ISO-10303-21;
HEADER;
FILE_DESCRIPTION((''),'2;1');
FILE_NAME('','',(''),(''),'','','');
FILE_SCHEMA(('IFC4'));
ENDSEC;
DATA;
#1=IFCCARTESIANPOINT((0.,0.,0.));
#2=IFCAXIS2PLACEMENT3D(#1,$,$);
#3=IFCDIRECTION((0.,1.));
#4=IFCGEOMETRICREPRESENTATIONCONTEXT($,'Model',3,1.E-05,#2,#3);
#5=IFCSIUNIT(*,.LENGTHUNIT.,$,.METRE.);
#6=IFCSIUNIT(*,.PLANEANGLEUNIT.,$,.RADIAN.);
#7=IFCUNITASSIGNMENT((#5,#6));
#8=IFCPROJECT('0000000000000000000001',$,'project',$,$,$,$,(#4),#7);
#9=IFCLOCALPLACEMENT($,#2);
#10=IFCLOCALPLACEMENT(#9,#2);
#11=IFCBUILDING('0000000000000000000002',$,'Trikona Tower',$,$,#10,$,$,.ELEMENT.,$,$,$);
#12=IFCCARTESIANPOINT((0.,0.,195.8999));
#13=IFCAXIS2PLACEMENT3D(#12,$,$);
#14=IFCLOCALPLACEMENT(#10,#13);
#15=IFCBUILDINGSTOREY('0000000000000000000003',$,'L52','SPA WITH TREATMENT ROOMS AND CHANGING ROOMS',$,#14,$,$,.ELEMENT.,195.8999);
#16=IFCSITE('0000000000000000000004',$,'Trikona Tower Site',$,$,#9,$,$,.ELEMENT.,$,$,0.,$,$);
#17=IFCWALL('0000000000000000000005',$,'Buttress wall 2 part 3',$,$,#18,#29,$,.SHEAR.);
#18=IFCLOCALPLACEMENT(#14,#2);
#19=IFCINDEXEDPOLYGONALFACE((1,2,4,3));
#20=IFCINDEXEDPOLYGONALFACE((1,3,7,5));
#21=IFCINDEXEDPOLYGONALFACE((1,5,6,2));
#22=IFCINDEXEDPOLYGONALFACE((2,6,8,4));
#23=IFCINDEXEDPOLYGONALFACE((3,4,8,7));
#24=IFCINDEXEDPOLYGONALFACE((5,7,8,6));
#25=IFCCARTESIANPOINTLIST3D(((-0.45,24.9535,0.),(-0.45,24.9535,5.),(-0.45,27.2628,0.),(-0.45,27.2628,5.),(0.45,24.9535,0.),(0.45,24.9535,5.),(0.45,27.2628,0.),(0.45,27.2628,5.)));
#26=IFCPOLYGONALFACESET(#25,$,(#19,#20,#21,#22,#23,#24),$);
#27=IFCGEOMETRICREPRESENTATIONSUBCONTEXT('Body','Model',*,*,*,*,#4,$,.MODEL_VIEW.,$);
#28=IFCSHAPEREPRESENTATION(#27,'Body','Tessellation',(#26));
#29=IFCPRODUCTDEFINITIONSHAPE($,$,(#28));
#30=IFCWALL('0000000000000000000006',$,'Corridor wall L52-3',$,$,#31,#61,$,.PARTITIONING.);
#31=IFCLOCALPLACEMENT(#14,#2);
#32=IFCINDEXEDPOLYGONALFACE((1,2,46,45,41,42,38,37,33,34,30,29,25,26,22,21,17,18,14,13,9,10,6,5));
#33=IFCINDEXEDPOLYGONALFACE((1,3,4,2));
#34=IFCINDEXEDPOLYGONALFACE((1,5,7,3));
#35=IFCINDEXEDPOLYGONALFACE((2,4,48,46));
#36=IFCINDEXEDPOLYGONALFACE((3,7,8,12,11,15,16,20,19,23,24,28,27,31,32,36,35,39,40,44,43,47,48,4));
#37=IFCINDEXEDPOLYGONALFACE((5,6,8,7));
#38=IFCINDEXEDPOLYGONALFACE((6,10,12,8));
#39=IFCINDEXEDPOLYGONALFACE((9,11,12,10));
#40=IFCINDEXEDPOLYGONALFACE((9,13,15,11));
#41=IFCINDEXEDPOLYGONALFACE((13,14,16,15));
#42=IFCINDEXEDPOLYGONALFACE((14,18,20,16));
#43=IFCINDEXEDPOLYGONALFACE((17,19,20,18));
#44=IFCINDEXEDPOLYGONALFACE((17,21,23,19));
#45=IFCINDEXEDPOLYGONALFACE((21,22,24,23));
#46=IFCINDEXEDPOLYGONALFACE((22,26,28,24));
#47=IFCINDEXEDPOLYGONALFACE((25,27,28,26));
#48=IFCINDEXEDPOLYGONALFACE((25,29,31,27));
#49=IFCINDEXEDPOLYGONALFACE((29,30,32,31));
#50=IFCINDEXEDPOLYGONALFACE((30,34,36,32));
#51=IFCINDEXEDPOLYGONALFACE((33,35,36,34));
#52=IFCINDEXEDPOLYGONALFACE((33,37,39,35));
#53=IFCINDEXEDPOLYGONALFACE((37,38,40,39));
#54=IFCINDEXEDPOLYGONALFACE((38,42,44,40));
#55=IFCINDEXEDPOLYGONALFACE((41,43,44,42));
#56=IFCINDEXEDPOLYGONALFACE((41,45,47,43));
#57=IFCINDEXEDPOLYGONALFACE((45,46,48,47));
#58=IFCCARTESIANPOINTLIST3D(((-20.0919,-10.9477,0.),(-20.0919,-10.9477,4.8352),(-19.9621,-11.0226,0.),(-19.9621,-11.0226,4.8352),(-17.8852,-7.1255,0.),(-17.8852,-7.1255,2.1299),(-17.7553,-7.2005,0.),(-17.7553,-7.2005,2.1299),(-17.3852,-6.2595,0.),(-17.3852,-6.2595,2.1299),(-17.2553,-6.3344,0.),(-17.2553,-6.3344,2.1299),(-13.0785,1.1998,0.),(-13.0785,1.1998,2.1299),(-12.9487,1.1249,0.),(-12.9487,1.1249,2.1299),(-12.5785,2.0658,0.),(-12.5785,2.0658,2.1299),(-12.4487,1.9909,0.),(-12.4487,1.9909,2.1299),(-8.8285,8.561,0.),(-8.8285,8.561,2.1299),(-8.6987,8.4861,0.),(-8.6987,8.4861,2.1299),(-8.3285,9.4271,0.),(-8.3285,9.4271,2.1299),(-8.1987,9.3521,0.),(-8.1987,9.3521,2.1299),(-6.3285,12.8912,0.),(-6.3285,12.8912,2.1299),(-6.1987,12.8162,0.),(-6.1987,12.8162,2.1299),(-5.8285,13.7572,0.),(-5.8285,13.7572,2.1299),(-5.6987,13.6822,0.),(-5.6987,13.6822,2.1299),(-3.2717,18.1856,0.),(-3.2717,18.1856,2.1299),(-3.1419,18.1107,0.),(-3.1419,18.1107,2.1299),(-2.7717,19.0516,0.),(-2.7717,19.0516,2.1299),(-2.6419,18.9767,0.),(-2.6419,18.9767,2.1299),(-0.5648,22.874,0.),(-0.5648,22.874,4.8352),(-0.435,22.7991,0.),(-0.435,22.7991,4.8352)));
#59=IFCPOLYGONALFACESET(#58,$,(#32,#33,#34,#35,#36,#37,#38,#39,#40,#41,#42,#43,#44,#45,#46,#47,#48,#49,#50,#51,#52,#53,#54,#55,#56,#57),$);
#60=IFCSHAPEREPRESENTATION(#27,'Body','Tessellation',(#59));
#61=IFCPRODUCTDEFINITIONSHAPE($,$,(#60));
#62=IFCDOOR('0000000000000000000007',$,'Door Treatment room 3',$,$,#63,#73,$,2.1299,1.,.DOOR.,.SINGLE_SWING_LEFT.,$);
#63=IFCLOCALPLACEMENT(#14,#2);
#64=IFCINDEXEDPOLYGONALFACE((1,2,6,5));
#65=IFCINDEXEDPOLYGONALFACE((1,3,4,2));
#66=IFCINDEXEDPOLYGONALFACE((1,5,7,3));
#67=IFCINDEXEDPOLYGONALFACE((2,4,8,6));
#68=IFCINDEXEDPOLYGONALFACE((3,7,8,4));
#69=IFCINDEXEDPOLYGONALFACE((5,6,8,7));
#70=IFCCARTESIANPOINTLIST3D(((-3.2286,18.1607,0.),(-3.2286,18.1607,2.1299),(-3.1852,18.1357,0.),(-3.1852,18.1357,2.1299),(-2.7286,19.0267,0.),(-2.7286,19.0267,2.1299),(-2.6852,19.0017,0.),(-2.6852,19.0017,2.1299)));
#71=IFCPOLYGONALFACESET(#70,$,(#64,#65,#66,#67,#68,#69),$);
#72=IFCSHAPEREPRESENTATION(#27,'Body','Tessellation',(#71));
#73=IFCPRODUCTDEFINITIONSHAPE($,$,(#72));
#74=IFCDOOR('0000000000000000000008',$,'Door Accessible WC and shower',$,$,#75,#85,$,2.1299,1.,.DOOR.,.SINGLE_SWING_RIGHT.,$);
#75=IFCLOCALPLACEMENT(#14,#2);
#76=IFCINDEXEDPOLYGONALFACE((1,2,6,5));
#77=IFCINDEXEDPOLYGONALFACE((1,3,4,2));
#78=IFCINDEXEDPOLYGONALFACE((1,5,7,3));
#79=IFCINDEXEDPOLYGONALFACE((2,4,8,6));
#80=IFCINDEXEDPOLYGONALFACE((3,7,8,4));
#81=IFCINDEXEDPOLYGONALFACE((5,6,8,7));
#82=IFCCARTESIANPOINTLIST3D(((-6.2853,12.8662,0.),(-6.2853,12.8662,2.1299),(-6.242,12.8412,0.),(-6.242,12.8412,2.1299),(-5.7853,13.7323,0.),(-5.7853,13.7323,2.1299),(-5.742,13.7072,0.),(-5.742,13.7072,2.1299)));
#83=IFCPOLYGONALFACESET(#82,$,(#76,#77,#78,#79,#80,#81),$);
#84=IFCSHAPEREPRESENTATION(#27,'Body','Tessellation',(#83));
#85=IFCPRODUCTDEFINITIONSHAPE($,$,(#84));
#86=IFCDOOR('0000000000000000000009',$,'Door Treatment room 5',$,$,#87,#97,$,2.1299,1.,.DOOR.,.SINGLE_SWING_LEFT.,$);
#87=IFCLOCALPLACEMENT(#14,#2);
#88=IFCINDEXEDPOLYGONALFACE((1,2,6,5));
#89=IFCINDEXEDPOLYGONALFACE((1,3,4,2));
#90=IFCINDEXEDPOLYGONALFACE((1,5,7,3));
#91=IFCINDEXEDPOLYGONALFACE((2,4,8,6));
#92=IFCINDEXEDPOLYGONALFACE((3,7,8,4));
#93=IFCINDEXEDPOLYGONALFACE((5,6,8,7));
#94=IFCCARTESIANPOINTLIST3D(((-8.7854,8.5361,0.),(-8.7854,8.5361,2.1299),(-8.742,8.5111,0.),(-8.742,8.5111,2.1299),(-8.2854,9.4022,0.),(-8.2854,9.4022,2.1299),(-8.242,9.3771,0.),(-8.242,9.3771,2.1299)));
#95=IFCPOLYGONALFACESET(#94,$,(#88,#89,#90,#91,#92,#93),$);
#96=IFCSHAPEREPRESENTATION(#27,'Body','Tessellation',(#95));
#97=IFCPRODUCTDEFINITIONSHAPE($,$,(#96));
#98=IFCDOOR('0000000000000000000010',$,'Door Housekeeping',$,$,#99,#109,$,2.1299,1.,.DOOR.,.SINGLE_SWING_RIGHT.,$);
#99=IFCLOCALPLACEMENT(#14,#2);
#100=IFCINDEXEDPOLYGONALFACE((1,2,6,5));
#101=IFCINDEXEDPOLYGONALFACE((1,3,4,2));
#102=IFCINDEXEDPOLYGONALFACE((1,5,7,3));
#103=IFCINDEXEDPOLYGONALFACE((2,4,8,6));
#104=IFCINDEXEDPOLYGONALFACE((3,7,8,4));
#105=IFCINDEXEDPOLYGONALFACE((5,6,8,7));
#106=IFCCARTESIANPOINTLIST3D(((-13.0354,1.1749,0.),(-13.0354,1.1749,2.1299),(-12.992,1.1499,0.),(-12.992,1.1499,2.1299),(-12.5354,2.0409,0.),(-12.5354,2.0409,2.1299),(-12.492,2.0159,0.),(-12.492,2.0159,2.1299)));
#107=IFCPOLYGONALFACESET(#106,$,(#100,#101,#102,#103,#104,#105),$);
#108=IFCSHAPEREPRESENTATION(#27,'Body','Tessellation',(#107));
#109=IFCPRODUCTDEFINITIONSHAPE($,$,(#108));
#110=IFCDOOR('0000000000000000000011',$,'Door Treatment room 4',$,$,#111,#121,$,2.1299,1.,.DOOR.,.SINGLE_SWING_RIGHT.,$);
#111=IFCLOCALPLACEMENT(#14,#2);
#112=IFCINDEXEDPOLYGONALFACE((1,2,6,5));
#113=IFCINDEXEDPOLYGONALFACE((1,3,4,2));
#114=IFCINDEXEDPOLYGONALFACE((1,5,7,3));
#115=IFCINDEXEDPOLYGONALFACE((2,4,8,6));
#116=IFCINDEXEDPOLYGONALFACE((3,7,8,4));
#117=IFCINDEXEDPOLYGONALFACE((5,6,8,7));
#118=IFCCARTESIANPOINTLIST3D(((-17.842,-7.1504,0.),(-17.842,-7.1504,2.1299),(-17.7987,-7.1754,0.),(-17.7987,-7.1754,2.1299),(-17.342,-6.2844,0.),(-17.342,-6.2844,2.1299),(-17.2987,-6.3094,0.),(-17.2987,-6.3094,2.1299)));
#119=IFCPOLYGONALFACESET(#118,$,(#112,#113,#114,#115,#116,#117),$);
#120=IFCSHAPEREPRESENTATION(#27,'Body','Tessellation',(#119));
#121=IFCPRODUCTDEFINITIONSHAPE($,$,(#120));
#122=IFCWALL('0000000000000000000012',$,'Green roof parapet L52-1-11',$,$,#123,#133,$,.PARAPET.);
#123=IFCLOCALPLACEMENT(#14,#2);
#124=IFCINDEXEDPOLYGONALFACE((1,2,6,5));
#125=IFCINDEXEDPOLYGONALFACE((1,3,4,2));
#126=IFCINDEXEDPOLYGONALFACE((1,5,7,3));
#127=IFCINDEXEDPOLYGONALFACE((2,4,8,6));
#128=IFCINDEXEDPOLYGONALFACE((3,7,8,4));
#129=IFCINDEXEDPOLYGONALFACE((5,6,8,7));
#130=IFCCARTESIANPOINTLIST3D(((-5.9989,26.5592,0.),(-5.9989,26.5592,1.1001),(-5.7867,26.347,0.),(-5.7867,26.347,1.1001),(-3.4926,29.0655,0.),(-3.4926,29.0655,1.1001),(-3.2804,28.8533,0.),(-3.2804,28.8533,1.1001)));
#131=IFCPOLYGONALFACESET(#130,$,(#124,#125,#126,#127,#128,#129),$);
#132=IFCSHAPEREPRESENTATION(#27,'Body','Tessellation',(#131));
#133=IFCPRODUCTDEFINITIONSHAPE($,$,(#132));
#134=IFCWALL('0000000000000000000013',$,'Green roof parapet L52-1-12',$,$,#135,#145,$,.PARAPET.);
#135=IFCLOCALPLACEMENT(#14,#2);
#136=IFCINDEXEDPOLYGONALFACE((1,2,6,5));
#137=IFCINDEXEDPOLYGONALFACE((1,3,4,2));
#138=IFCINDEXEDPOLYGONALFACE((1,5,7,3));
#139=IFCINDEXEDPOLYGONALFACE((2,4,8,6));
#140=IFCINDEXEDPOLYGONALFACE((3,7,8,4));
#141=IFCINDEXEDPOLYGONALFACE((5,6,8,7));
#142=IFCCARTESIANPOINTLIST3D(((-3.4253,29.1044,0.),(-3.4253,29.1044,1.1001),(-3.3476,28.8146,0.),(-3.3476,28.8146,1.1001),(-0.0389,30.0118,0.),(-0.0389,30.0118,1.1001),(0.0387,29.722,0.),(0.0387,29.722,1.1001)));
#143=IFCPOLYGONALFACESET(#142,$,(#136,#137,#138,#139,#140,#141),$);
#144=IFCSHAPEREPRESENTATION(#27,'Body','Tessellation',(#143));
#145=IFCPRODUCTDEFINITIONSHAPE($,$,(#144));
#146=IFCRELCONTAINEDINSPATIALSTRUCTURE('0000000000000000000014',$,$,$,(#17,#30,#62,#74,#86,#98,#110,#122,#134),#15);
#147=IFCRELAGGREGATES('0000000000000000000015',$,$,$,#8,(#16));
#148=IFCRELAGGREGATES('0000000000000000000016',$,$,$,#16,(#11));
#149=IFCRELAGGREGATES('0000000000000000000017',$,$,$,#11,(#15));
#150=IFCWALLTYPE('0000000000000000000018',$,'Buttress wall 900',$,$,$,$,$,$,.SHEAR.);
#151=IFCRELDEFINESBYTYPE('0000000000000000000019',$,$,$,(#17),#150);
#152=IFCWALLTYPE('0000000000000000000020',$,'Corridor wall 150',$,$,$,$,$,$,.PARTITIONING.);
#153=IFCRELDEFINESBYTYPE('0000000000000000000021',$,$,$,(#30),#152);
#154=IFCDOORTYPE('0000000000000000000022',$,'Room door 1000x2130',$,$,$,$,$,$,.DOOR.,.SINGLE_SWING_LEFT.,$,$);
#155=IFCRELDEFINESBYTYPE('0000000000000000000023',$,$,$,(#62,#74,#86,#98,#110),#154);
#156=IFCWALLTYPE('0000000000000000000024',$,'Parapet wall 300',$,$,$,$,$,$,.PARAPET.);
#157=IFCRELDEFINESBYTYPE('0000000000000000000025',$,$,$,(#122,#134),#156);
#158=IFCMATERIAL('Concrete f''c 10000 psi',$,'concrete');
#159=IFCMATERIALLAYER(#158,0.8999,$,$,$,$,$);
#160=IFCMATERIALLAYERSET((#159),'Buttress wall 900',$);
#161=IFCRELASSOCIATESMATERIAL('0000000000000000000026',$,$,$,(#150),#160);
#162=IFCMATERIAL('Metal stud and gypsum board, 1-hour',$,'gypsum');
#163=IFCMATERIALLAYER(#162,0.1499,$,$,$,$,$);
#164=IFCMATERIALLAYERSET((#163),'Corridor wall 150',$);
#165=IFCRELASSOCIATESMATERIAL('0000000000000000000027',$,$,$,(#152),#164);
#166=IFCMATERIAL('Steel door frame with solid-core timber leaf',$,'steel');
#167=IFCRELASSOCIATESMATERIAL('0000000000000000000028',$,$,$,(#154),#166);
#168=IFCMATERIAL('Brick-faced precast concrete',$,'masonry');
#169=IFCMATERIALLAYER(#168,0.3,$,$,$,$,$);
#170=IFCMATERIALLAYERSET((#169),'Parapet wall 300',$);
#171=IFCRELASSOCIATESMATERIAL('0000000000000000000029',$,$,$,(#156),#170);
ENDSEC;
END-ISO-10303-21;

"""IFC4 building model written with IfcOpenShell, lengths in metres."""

from ifc_helpers import new_model, si_unit, direction, frame, frame_2d, origin, place, context, subcontext, project, spatial, rectangle, extrude, material, layer, layer_set, type_object, element, fill, save


model = new_model("IFC4")

# Units and contexts
model_context = context("Model", 3, precision=1e-05, world=origin(), true_north=direction((0.0, 1.0)))
body_context = subcontext(model_context, "Body", "Model", "MODEL_VIEW")
ifc_project = project(units=[si_unit("LENGTHUNIT", "METRE"), si_unit("PLANEANGLEUNIT", "RADIAN")], contexts=[model_context])

# Site, building, storey
site_placement = place(None, origin())
site = spatial("IfcSite", under=ifc_project, at=site_placement, Name="Trikona Tower Site", CompositionType="ELEMENT", RefElevation=0.0)
building_placement = place(site_placement, origin())
building = spatial("IfcBuilding", under=site, at=building_placement, Name="Trikona Tower", CompositionType="ELEMENT")
storey_placement = place(building_placement, frame((0.0, 0.0, 195.8999)))
storey = spatial("IfcBuildingStorey", under=building, at=storey_placement, Name="L52", Description="SPA WITH TREATMENT ROOMS AND CHANGING ROOMS", CompositionType="ELEMENT", Elevation=195.8999)

# Wall
ifc_material_1 = material(Name="Concrete f'c 10000 psi", Category="concrete")
ifc_layer_1 = layer(ifc_material_1, 0.8999)
ifc_layer_set_1 = layer_set([ifc_layer_1], Name="Buttress wall 900")
wall_type_1 = type_object("IfcWallType", Name="Buttress wall 900", PredefinedType="SHEAR", material=ifc_layer_set_1)
wall_1_placement = place(storey_placement, frame((0.0, 24.9534, 0.0), z_axis=(0.0, 0.0, 1.0), x_axis=(0.0, 1.0, 0.0)))
element("IfcWall", 1, at=wall_1_placement, inside=storey, type_object=wall_type_1, Name="Buttress wall 2 part 3", PredefinedType="SHEAR", context=body_context, shape_type="SweptSolid", body=[
    extrude(rectangle(XDim=2.3093, YDim=0.8999, at=frame_2d((1.1548, 0.0))), origin(), (0.0, 0.0, 1.0), 5.0),
])

# Wall, openings, doors
ifc_material_2 = material(Name="Metal stud and gypsum board, 1-hour", Category="gypsum")
ifc_layer_2 = layer(ifc_material_2, 0.1499)
ifc_layer_set_2 = layer_set([ifc_layer_2], Name="Corridor wall 150")
wall_type_2 = type_object("IfcWallType", Name="Corridor wall 150", PredefinedType="PARTITIONING", material=ifc_layer_set_2)
wall_2_placement = place(storey_placement, frame((-0.5, 22.8364, 0.0), z_axis=(0.0, 0.0, 1.0), x_axis=(-0.500002, -0.866024, 0.0)))
wall_2 = element("IfcWall", 2, at=wall_2_placement, inside=storey, type_object=wall_type_2, Name="Corridor wall L52-3", PredefinedType="PARTITIONING", context=body_context, shape_type="SweptSolid", body=[
    extrude(rectangle(XDim=39.054, YDim=0.1499, at=frame_2d((19.5269, 0.0))), origin(), (0.0, 0.0, 1.0), 4.8352),
])
opening_1_placement = place(wall_2_placement, frame((4.4136, 0.0, 0.0)))
opening_1 = element("IfcOpeningElement", 3, at=opening_1_placement, cuts=wall_2, PredefinedType="OPENING", context=body_context, shape_type="SweptSolid", body=[
    extrude(rectangle(XDim=1.0, YDim=2.1299, at=frame_2d((0.5, 1.0649))), frame((0.0, 0.085, 0.0), z_axis=(0.0, -1.0, 0.0), x_axis=(1.0, 0.0, 0.0)), (0.0, 0.0, 1.0), 0.1699),
])
opening_2_placement = place(wall_2_placement, frame((10.5271, 0.0, 0.0)))
opening_2 = element("IfcOpeningElement", 4, at=opening_2_placement, cuts=wall_2, PredefinedType="OPENING", context=body_context, shape_type="SweptSolid", body=[
    extrude(rectangle(XDim=1.0, YDim=2.1299, at=frame_2d((0.5, 1.0649))), frame((0.0, 0.085, 0.0), z_axis=(0.0, -1.0, 0.0), x_axis=(1.0, 0.0, 0.0)), (0.0, 0.0, 1.0), 0.1699),
])
opening_3_placement = place(wall_2_placement, frame((15.5271, 0.0, 0.0)))
opening_3 = element("IfcOpeningElement", 5, at=opening_3_placement, cuts=wall_2, PredefinedType="OPENING", context=body_context, shape_type="SweptSolid", body=[
    extrude(rectangle(XDim=1.0, YDim=2.1299, at=frame_2d((0.5, 1.0649))), frame((0.0, 0.085, 0.0), z_axis=(0.0, -1.0, 0.0), x_axis=(1.0, 0.0, 0.0)), (0.0, 0.0, 1.0), 0.1699),
])
opening_4_placement = place(wall_2_placement, frame((24.0271, 0.0, 0.0)))
opening_4 = element("IfcOpeningElement", 6, at=opening_4_placement, cuts=wall_2, PredefinedType="OPENING", context=body_context, shape_type="SweptSolid", body=[
    extrude(rectangle(XDim=1.0, YDim=2.1299, at=frame_2d((0.5, 1.0649))), frame((0.0, 0.085, 0.0), z_axis=(0.0, -1.0, 0.0), x_axis=(1.0, 0.0, 0.0)), (0.0, 0.0, 1.0), 0.1699),
])
opening_5_placement = place(wall_2_placement, frame((33.6404, 0.0, 0.0)))
opening_5 = element("IfcOpeningElement", 7, at=opening_5_placement, cuts=wall_2, PredefinedType="OPENING", context=body_context, shape_type="SweptSolid", body=[
    extrude(rectangle(XDim=1.0, YDim=2.1299, at=frame_2d((0.5, 1.0649))), frame((0.0, 0.085, 0.0), z_axis=(0.0, -1.0, 0.0), x_axis=(1.0, 0.0, 0.0)), (0.0, 0.0, 1.0), 0.1699),
])
ifc_material_3 = material(Name="Steel door frame with solid-core timber leaf", Category="steel")
door_type = type_object("IfcDoorType", Name="Room door 1000x2130", OperationType="SINGLE_SWING_LEFT", PredefinedType="DOOR", material=ifc_material_3)
door_1_placement = place(opening_1_placement, origin())
door_1 = element("IfcDoor", 8, at=door_1_placement, inside=storey, type_object=door_type, Name="Door Treatment room 3", OperationType="SINGLE_SWING_LEFT", OverallHeight=2.1299, OverallWidth=1.0, PredefinedType="DOOR", context=body_context, shape_type="SweptSolid", body=[
    extrude(rectangle(XDim=1.0, YDim=2.1299, at=frame_2d((0.5, 1.0649))), frame((0.0, 0.0249, 0.0), z_axis=(0.0, -1.0, 0.0), x_axis=(1.0, 0.0, 0.0)), (0.0, 0.0, 1.0), 0.05),
])
fill(opening_1, door_1)
door_2_placement = place(opening_2_placement, origin())
door_2 = element("IfcDoor", 9, at=door_2_placement, inside=storey, type_object=door_type, Name="Door Accessible WC and shower", OperationType="SINGLE_SWING_RIGHT", OverallHeight=2.1299, OverallWidth=1.0, PredefinedType="DOOR", context=body_context, shape_type="SweptSolid", body=[
    extrude(rectangle(XDim=1.0, YDim=2.1299, at=frame_2d((0.5, 1.0649))), frame((0.0, 0.0249, 0.0), z_axis=(0.0, -1.0, 0.0), x_axis=(1.0, 0.0, 0.0)), (0.0, 0.0, 1.0), 0.05),
])
fill(opening_2, door_2)
door_3_placement = place(opening_3_placement, origin())
door_3 = element("IfcDoor", 10, at=door_3_placement, inside=storey, type_object=door_type, Name="Door Treatment room 5", OperationType="SINGLE_SWING_LEFT", OverallHeight=2.1299, OverallWidth=1.0, PredefinedType="DOOR", context=body_context, shape_type="SweptSolid", body=[
    extrude(rectangle(XDim=1.0, YDim=2.1299, at=frame_2d((0.5, 1.0649))), frame((0.0, 0.0249, 0.0), z_axis=(0.0, -1.0, 0.0), x_axis=(1.0, 0.0, 0.0)), (0.0, 0.0, 1.0), 0.05),
])
fill(opening_3, door_3)
door_4_placement = place(opening_4_placement, origin())
door_4 = element("IfcDoor", 11, at=door_4_placement, inside=storey, type_object=door_type, Name="Door Housekeeping", OperationType="SINGLE_SWING_RIGHT", OverallHeight=2.1299, OverallWidth=1.0, PredefinedType="DOOR", context=body_context, shape_type="SweptSolid", body=[
    extrude(rectangle(XDim=1.0, YDim=2.1299, at=frame_2d((0.5, 1.0649))), frame((0.0, 0.0249, 0.0), z_axis=(0.0, -1.0, 0.0), x_axis=(1.0, 0.0, 0.0)), (0.0, 0.0, 1.0), 0.05),
])
fill(opening_4, door_4)
door_5_placement = place(opening_5_placement, origin())
door_5 = element("IfcDoor", 12, at=door_5_placement, inside=storey, type_object=door_type, Name="Door Treatment room 4", OperationType="SINGLE_SWING_RIGHT", OverallHeight=2.1299, OverallWidth=1.0, PredefinedType="DOOR", context=body_context, shape_type="SweptSolid", body=[
    extrude(rectangle(XDim=1.0, YDim=2.1299, at=frame_2d((0.5, 1.0649))), frame((0.0, 0.0249, 0.0), z_axis=(0.0, -1.0, 0.0), x_axis=(1.0, 0.0, 0.0)), (0.0, 0.0, 1.0), 0.05),
])
fill(opening_5, door_5)

# Walls
ifc_material_4 = material(Name="Brick-faced precast concrete", Category="masonry")
ifc_layer_3 = layer(ifc_material_4, 0.3)
ifc_layer_set_3 = layer_set([ifc_layer_3], Name="Parapet wall 300")
wall_type_3 = type_object("IfcWallType", Name="Parapet wall 300", PredefinedType="PARAPET", material=ifc_layer_set_3)
wall_3_placement = place(storey_placement, frame((-5.8928, 26.4531, 0.0), z_axis=(0.0, 0.0, 1.0), x_axis=(0.707107, 0.707107, 0.0)))
element("IfcWall", 13, at=wall_3_placement, inside=storey, type_object=wall_type_3, Name="Green roof parapet L52-1-11", PredefinedType="PARAPET", context=body_context, shape_type="SweptSolid", body=[
    extrude(rectangle(XDim=3.5444, YDim=0.3, at=frame_2d((1.7722, 0.0))), origin(), (0.0, 0.0, 1.0), 1.1001),
])
wall_4_placement = place(storey_placement, frame((-3.3865, 28.9595, 0.0), z_axis=(0.0, 0.0, 1.0), x_axis=(0.965921, 0.258837, 0.0)))
element("IfcWall", 14, at=wall_4_placement, inside=storey, type_object=wall_type_3, Name="Green roof parapet L52-1-12", PredefinedType="PARAPET", context=body_context, shape_type="SweptSolid", body=[
    extrude(rectangle(XDim=3.5059, YDim=0.3, at=frame_2d((1.7529, 0.0))), origin(), (0.0, 0.0, 1.0), 1.1001),
])

save(model, "model.ifc")
